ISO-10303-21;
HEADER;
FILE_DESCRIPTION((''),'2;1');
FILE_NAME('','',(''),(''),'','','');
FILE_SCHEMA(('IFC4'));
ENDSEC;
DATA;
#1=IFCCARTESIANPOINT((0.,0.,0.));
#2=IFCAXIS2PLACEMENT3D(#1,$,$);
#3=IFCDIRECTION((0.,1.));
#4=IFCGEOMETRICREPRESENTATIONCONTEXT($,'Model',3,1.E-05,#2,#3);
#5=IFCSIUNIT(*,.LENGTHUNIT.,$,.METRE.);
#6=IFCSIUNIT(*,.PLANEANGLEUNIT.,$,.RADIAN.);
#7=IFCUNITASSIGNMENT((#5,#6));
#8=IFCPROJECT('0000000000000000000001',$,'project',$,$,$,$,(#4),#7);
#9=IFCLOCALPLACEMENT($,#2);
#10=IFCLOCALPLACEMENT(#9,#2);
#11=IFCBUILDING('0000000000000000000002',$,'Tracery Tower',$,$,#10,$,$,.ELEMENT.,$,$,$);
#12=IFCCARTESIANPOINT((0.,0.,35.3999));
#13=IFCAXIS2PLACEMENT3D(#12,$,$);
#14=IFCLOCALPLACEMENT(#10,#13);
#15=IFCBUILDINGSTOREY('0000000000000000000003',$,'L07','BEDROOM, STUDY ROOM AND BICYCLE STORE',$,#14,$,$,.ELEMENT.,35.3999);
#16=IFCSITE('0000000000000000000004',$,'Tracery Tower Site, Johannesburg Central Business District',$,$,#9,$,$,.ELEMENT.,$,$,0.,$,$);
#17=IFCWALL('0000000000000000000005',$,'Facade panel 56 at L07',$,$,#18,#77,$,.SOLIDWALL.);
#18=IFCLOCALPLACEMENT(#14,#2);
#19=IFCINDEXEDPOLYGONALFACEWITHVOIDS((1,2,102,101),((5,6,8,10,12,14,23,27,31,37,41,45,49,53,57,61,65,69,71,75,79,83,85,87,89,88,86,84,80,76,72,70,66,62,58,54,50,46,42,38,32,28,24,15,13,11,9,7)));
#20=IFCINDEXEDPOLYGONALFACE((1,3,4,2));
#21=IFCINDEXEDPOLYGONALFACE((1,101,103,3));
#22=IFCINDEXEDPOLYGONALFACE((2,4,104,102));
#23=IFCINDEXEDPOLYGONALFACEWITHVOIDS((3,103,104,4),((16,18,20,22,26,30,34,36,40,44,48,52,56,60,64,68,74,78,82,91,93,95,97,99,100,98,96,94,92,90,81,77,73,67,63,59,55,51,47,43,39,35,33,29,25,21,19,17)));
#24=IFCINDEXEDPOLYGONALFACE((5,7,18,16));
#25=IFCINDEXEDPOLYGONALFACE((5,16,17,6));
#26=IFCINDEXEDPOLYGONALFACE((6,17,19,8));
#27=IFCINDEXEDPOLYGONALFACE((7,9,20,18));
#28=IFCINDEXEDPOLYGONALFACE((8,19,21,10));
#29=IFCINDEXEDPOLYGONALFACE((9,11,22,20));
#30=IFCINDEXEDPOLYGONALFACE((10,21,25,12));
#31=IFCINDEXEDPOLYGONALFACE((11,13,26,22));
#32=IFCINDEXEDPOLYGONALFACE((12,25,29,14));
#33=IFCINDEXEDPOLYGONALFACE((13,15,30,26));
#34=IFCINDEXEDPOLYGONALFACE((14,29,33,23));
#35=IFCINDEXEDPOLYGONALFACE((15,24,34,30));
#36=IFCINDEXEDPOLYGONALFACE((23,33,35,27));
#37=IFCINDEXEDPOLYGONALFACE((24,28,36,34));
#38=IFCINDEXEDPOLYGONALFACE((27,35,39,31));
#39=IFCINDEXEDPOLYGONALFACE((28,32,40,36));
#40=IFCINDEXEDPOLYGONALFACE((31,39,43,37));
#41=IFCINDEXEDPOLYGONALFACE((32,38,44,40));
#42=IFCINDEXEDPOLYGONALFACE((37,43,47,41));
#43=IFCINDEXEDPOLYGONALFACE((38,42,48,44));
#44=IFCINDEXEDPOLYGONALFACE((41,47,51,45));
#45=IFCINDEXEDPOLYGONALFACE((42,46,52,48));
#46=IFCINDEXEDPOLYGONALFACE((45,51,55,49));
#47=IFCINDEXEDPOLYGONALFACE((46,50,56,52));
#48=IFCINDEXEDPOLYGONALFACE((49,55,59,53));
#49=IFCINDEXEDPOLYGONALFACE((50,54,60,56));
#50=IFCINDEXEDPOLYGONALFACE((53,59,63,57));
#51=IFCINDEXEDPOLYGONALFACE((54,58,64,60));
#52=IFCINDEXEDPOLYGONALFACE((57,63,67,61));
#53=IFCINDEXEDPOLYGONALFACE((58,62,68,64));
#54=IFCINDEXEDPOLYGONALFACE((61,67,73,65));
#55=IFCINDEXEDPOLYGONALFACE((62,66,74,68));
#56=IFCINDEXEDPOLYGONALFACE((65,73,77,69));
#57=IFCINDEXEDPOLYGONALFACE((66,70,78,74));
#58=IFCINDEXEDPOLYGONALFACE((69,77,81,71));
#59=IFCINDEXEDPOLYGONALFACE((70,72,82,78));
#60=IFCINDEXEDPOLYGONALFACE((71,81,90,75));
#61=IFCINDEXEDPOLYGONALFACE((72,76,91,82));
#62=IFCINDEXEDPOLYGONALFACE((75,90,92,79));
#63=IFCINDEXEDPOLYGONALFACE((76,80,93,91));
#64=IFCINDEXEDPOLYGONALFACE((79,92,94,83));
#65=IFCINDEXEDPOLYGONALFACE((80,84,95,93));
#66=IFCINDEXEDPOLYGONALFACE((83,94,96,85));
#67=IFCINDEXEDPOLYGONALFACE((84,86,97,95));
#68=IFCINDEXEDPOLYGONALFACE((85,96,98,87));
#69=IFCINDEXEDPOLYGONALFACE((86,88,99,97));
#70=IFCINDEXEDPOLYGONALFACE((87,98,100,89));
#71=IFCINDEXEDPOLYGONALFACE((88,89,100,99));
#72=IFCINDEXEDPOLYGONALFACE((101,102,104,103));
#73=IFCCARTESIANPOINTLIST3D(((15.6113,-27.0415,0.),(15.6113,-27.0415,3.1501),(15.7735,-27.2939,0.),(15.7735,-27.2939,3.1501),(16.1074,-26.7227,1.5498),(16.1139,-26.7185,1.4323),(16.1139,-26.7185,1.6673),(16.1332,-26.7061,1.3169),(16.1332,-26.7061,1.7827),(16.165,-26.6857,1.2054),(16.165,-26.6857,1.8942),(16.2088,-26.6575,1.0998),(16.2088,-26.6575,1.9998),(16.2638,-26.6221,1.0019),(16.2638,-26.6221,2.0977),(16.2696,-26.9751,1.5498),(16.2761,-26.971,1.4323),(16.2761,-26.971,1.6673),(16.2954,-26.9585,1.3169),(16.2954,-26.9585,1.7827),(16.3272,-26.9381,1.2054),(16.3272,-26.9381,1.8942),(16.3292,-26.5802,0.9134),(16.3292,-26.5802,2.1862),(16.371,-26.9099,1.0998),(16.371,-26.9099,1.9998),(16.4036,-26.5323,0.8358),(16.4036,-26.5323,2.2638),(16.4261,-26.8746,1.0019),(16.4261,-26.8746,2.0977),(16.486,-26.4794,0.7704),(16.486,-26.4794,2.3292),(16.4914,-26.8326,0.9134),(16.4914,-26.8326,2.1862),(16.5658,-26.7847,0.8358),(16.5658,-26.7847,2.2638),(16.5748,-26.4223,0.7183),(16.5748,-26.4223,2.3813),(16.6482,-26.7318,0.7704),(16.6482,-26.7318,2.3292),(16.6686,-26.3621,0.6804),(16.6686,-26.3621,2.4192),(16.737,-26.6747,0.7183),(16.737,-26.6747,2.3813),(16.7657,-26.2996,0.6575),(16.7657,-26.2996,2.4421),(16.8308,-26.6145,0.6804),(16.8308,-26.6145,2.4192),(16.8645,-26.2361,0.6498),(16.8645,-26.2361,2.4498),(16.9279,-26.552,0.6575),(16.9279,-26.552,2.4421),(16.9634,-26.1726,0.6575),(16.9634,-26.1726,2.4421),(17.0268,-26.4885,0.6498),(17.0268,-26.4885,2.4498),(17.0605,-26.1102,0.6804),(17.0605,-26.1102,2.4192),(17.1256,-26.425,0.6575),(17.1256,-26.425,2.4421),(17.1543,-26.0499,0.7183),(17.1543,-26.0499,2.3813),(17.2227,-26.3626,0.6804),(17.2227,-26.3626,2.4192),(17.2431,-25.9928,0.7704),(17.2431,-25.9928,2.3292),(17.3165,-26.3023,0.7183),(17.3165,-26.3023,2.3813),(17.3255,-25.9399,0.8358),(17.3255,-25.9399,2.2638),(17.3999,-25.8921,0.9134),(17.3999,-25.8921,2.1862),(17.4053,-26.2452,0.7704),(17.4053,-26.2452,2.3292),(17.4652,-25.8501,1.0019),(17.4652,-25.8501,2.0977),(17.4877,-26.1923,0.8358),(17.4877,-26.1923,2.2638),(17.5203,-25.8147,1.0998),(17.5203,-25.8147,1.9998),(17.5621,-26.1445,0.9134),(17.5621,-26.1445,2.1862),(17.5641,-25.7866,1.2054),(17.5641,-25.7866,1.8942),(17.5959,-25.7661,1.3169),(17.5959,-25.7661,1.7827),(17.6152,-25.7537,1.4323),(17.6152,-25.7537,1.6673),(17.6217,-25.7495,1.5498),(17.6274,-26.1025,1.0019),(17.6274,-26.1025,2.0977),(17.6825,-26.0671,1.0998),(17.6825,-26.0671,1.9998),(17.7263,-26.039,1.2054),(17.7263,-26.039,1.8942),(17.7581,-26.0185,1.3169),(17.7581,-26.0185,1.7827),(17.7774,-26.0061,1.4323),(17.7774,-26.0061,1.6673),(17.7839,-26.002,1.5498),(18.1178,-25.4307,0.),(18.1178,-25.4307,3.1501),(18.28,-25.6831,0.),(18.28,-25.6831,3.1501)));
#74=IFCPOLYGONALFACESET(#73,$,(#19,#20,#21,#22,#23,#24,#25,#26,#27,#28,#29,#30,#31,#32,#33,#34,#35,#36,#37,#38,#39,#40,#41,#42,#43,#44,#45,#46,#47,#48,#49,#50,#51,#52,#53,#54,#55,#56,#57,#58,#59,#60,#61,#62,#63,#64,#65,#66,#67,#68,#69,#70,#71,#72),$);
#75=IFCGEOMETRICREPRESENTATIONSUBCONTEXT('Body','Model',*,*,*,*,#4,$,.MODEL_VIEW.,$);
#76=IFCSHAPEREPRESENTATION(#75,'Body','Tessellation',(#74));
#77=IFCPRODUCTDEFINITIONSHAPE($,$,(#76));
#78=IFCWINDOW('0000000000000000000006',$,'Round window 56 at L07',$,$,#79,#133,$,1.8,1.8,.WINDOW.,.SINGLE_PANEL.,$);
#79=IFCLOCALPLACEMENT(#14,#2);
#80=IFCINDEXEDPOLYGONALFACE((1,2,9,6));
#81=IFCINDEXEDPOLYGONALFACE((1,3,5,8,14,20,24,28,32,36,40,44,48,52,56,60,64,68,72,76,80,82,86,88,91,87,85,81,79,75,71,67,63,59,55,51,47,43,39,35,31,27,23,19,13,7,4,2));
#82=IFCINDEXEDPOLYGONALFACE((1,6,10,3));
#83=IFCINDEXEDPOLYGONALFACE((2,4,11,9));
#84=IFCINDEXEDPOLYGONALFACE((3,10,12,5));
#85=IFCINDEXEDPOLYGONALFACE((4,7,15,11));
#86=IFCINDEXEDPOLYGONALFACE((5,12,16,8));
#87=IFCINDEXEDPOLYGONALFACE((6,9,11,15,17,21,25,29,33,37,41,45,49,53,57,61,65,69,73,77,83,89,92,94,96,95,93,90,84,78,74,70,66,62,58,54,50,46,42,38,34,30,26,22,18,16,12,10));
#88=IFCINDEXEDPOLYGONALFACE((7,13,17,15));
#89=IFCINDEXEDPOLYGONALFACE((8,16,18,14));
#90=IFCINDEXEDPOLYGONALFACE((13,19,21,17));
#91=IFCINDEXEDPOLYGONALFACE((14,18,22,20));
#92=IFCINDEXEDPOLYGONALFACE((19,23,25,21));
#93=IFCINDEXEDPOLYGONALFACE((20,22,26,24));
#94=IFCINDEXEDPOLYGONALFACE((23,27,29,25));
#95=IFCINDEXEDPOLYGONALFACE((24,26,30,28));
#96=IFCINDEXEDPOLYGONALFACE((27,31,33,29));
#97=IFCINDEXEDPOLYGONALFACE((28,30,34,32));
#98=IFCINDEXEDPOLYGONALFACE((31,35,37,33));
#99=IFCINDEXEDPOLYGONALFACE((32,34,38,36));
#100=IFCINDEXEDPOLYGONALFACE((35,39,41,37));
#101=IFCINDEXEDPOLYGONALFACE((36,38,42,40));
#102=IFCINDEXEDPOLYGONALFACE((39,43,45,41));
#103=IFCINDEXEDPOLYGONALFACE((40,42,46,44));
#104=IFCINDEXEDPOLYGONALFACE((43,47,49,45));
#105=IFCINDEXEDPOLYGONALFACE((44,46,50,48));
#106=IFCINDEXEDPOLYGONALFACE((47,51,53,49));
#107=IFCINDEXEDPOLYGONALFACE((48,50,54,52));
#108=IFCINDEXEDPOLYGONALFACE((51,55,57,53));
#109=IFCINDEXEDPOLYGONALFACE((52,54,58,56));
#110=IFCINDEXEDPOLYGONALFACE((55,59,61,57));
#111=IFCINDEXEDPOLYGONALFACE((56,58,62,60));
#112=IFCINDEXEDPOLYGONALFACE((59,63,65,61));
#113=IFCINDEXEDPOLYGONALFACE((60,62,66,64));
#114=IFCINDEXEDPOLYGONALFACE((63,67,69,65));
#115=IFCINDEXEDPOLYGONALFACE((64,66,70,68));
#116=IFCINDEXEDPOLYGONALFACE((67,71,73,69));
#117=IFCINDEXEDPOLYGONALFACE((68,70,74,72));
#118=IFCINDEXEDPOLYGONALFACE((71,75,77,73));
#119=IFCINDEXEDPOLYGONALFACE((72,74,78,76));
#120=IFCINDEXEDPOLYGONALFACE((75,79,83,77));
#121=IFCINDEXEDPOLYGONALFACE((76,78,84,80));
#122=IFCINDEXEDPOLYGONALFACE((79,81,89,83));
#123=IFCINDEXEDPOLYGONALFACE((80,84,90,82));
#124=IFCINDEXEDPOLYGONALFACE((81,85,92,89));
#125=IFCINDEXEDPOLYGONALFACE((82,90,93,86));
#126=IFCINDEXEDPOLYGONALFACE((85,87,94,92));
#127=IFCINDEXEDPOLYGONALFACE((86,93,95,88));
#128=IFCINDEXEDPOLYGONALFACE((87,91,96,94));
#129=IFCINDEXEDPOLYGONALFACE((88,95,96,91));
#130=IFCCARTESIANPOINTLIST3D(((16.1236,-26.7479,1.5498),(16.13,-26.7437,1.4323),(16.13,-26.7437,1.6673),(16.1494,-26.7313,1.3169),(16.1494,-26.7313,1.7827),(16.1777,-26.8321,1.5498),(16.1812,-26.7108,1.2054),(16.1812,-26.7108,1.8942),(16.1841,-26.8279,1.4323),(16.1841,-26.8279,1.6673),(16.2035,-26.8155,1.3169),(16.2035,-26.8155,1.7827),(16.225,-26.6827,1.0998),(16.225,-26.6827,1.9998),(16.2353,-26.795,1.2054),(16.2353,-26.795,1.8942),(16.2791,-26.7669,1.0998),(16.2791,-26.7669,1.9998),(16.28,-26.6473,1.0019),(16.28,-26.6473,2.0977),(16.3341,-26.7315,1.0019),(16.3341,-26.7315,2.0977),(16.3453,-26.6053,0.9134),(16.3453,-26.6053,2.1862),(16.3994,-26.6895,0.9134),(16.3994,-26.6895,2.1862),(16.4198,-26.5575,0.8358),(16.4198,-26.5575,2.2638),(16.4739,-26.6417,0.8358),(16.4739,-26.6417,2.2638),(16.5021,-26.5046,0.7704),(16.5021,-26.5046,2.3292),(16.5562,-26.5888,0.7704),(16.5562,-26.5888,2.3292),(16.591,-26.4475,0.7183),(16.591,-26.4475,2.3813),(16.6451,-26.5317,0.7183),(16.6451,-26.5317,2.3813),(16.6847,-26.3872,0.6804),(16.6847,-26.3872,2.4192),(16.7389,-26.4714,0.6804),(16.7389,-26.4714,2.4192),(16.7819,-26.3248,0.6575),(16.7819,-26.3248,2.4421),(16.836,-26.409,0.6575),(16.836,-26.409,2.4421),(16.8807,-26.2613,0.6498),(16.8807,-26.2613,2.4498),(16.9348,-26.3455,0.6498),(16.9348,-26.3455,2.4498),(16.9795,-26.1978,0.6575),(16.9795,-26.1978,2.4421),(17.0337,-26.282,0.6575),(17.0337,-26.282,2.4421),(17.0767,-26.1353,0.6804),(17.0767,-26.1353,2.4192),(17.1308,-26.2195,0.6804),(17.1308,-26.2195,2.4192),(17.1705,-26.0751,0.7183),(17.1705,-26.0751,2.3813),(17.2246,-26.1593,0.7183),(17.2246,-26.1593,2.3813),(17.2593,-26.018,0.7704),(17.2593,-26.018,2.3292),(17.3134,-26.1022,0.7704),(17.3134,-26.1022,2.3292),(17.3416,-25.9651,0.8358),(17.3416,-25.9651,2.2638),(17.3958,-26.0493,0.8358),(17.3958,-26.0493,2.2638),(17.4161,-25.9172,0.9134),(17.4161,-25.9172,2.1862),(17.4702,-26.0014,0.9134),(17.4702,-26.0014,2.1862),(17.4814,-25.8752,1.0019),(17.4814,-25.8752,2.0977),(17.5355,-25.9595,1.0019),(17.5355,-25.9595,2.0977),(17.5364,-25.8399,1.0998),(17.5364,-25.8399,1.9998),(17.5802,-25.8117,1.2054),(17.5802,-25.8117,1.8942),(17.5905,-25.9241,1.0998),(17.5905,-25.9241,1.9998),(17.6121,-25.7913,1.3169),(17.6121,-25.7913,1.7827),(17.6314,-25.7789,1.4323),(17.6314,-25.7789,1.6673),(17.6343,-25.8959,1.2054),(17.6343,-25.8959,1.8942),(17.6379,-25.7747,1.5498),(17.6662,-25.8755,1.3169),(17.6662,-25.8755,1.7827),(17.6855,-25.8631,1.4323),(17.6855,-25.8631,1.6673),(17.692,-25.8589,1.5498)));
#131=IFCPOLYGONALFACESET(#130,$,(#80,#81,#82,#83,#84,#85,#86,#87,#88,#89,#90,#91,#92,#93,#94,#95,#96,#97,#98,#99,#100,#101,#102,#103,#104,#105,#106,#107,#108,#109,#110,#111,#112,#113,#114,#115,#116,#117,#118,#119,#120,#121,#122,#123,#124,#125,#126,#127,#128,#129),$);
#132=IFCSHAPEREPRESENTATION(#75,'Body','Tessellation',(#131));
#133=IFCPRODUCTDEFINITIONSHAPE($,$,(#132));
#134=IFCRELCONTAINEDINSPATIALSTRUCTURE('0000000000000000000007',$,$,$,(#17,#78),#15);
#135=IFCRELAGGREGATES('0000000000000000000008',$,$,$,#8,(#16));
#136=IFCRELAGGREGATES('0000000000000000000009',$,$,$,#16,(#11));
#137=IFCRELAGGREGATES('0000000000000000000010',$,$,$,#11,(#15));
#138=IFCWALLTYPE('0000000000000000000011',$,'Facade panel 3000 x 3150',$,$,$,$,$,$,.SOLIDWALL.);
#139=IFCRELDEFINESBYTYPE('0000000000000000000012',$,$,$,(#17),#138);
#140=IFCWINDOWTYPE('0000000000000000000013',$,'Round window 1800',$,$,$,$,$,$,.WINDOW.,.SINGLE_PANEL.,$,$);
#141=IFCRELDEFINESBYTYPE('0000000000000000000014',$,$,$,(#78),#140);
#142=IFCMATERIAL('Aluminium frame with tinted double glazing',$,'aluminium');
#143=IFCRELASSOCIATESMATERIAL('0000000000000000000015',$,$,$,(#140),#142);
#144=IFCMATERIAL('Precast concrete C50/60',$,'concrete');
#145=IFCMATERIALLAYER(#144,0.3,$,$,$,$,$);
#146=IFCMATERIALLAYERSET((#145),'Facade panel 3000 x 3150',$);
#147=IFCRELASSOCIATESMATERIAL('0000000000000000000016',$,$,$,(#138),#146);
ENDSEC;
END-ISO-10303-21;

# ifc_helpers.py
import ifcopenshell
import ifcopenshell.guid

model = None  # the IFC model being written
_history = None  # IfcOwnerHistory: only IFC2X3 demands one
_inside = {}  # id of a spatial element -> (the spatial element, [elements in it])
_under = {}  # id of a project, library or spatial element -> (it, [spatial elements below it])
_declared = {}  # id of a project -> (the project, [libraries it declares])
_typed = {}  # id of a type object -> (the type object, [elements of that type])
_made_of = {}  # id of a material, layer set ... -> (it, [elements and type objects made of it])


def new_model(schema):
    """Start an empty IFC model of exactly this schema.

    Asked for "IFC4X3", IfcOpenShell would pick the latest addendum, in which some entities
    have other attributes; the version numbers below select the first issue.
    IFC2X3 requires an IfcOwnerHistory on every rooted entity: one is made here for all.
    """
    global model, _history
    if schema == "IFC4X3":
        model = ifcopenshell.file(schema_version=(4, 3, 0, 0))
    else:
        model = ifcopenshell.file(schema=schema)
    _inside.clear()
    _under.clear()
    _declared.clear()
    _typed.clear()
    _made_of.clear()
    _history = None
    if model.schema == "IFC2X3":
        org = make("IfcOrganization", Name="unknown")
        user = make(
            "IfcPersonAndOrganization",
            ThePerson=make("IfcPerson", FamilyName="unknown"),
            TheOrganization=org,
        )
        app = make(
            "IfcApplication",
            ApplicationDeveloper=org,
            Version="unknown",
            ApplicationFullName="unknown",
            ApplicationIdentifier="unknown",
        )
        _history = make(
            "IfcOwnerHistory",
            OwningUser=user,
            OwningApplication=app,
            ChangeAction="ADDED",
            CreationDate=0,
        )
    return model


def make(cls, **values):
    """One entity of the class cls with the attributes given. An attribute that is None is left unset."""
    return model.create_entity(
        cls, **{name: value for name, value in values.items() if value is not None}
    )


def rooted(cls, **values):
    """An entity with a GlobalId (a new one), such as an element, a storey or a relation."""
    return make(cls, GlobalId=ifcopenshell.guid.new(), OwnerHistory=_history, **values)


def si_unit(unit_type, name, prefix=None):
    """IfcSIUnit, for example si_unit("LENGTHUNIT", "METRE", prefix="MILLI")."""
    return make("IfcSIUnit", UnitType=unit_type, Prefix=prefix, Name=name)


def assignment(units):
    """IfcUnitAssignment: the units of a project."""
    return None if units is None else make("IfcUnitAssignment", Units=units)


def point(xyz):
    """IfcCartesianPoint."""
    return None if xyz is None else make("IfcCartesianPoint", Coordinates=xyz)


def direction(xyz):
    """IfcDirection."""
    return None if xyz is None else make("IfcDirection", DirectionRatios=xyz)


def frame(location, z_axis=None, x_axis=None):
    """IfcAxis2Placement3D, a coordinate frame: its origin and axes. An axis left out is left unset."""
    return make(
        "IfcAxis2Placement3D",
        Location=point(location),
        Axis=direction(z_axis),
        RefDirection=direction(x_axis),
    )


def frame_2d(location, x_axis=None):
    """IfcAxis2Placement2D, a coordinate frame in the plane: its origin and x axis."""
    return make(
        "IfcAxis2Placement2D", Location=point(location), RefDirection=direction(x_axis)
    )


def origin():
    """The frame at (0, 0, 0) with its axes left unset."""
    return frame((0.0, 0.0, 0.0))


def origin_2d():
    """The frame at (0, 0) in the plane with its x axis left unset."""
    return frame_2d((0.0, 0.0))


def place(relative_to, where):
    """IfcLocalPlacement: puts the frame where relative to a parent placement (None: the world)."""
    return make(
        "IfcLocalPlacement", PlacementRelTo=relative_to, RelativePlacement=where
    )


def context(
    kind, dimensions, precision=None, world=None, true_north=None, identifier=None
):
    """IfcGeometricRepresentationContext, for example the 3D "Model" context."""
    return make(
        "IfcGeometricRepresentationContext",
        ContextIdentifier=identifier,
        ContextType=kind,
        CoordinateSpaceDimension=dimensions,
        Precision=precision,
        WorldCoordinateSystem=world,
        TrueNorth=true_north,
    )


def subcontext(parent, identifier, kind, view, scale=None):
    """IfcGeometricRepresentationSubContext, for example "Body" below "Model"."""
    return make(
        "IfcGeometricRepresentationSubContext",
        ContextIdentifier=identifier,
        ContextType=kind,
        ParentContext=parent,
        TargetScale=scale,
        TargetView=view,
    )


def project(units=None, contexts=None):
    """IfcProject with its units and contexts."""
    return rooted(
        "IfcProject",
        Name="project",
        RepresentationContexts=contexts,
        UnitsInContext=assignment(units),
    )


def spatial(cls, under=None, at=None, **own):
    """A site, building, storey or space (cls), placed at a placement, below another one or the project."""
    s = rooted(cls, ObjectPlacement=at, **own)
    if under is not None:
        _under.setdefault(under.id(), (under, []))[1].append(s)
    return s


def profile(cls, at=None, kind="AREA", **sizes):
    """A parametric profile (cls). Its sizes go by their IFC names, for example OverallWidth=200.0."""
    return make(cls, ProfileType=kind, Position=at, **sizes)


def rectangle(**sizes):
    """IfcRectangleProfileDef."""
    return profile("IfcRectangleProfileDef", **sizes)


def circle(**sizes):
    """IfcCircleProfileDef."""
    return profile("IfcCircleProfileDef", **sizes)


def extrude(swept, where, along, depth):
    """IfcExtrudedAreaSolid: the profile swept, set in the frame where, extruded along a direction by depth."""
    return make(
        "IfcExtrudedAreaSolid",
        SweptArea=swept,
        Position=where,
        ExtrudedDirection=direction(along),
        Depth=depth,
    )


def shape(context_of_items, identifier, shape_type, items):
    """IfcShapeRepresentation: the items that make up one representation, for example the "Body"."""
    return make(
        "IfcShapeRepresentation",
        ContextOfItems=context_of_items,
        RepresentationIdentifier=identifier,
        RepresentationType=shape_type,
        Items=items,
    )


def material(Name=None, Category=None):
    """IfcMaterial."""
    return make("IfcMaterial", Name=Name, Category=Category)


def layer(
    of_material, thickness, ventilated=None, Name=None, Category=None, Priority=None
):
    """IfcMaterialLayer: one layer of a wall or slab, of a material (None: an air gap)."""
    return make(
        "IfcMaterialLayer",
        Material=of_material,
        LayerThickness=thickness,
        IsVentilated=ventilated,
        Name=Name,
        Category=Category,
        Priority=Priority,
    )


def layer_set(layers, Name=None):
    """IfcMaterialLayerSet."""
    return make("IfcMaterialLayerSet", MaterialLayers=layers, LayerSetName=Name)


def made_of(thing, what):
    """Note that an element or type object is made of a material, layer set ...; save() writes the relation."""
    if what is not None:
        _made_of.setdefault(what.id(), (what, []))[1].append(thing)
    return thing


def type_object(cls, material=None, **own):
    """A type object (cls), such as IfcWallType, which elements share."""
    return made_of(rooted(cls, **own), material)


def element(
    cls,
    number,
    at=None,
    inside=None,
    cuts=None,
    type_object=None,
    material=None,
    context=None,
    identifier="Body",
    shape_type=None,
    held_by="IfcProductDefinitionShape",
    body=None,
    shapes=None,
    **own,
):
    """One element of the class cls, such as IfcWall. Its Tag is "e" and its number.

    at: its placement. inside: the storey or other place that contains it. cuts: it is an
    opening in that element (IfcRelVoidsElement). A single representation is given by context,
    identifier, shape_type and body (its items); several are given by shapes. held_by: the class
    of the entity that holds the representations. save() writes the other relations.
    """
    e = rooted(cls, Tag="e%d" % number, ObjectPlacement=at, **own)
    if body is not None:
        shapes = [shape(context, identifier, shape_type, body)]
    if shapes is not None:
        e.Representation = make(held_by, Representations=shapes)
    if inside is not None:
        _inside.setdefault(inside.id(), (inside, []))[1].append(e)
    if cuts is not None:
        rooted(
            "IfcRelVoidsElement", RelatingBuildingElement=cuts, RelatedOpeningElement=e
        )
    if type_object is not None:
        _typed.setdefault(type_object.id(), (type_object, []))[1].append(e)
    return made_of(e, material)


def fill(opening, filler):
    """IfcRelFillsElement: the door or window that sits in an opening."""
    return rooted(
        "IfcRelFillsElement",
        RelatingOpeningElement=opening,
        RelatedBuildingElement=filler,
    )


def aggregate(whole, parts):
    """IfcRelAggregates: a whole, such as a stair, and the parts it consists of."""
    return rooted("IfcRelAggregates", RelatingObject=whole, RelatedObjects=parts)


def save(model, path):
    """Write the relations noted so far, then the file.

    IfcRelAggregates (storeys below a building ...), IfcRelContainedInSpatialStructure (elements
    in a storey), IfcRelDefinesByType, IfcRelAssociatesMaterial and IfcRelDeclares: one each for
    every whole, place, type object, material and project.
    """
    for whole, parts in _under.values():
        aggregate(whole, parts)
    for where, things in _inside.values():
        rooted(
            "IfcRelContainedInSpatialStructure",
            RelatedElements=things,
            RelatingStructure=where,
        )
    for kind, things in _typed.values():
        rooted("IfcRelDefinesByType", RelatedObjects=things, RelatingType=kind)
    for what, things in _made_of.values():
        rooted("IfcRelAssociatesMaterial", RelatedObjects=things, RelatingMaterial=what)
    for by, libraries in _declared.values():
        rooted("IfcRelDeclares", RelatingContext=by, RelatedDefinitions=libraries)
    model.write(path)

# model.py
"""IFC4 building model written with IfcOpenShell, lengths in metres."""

from ifc_helpers import new_model, si_unit, direction, frame, frame_2d, origin, origin_2d, place, context, subcontext, project, spatial, rectangle, circle, extrude, material, layer, layer_set, type_object, element, fill, save


model = new_model("IFC4")

# Units and contexts
model_context = context("Model", 3, precision=1e-05, world=origin(), true_north=direction((0.0, 1.0)))
body_context = subcontext(model_context, "Body", "Model", "MODEL_VIEW")
ifc_project = project(units=[si_unit("LENGTHUNIT", "METRE"), si_unit("PLANEANGLEUNIT", "RADIAN")], contexts=[model_context])

# Site, building, storey
site_placement = place(None, origin())
site = spatial("IfcSite", under=ifc_project, at=site_placement, Name="Tracery Tower Site, Johannesburg Central Business District", CompositionType="ELEMENT", RefElevation=0.0)
building_placement = place(site_placement, origin())
building = spatial("IfcBuilding", under=site, at=building_placement, Name="Tracery Tower", CompositionType="ELEMENT")
storey_placement = place(building_placement, frame((0.0, 0.0, 35.3999)))
storey = spatial("IfcBuildingStorey", under=building, at=storey_placement, Name="L07", Description="BEDROOM, STUDY ROOM AND BICYCLE STORE", CompositionType="ELEMENT", Elevation=35.3999)

# Wall, opening, window
ifc_material_1 = material(Name="Aluminium frame with tinted double glazing", Category="aluminium")
window_type = type_object("IfcWindowType", Name="Round window 1800", PartitioningType="SINGLE_PANEL", PredefinedType="WINDOW", material=ifc_material_1)
ifc_material_2 = material(Name="Precast concrete C50/60", Category="concrete")
ifc_layer_1 = layer(ifc_material_2, 0.3)
ifc_layer_set_1 = layer_set([ifc_layer_1], Name="Facade panel 3000 x 3150")
wall_type_1 = type_object("IfcWallType", Name="Facade panel 3000 x 3150", PredefinedType="SOLIDWALL", material=ifc_layer_set_1)
wall_1_placement = place(storey_placement, frame((15.6924, -27.1677, 0.0), z_axis=(0.0, 0.0, 1.0), x_axis=(0.841261, 0.540629, 0.0)))
wall_1 = element("IfcWall", 1, at=wall_1_placement, inside=storey, type_object=wall_type_1, Name="Facade panel 56 at L07", PredefinedType="SOLIDWALL", context=body_context, shape_type="SweptSolid", body=[
    extrude(rectangle(XDim=2.9795, YDim=0.3, at=frame_2d((1.4897, 0.0))), origin(), (0.0, 0.0, 1.0), 3.1501),
])
opening_1_placement = place(wall_1_placement, frame((1.4897, 0.0, 1.5498)))
opening_1 = element("IfcOpeningElement", 2, at=opening_1_placement, cuts=wall_1, PredefinedType="OPENING", context=body_context, shape_type="SweptSolid", body=[
    extrude(circle(Radius=0.9, at=origin_2d()), frame((0.0, 0.1599, 0.0), z_axis=(0.0, -1.0, 0.0), x_axis=(1.0, 0.0, 0.0)), (0.0, 0.0, 1.0), 0.3201),
])
window_1_placement = place(opening_1_placement, origin())
window_1 = element("IfcWindow", 3, at=window_1_placement, inside=storey, type_object=window_type, Name="Round window 56 at L07", OverallHeight=1.8, OverallWidth=1.8, PartitioningType="SINGLE_PANEL", PredefinedType="WINDOW", context=body_context, shape_type="SweptSolid", body=[
    extrude(circle(Radius=0.9, at=origin_2d()), frame((0.0, 0.1201, 0.0), z_axis=(0.0, -1.0, 0.0), x_axis=(1.0, 0.0, 0.0)), (0.0, 0.0, 1.0), 0.1001),
])
fill(opening_1, window_1)

save(model, "model.ifc")
